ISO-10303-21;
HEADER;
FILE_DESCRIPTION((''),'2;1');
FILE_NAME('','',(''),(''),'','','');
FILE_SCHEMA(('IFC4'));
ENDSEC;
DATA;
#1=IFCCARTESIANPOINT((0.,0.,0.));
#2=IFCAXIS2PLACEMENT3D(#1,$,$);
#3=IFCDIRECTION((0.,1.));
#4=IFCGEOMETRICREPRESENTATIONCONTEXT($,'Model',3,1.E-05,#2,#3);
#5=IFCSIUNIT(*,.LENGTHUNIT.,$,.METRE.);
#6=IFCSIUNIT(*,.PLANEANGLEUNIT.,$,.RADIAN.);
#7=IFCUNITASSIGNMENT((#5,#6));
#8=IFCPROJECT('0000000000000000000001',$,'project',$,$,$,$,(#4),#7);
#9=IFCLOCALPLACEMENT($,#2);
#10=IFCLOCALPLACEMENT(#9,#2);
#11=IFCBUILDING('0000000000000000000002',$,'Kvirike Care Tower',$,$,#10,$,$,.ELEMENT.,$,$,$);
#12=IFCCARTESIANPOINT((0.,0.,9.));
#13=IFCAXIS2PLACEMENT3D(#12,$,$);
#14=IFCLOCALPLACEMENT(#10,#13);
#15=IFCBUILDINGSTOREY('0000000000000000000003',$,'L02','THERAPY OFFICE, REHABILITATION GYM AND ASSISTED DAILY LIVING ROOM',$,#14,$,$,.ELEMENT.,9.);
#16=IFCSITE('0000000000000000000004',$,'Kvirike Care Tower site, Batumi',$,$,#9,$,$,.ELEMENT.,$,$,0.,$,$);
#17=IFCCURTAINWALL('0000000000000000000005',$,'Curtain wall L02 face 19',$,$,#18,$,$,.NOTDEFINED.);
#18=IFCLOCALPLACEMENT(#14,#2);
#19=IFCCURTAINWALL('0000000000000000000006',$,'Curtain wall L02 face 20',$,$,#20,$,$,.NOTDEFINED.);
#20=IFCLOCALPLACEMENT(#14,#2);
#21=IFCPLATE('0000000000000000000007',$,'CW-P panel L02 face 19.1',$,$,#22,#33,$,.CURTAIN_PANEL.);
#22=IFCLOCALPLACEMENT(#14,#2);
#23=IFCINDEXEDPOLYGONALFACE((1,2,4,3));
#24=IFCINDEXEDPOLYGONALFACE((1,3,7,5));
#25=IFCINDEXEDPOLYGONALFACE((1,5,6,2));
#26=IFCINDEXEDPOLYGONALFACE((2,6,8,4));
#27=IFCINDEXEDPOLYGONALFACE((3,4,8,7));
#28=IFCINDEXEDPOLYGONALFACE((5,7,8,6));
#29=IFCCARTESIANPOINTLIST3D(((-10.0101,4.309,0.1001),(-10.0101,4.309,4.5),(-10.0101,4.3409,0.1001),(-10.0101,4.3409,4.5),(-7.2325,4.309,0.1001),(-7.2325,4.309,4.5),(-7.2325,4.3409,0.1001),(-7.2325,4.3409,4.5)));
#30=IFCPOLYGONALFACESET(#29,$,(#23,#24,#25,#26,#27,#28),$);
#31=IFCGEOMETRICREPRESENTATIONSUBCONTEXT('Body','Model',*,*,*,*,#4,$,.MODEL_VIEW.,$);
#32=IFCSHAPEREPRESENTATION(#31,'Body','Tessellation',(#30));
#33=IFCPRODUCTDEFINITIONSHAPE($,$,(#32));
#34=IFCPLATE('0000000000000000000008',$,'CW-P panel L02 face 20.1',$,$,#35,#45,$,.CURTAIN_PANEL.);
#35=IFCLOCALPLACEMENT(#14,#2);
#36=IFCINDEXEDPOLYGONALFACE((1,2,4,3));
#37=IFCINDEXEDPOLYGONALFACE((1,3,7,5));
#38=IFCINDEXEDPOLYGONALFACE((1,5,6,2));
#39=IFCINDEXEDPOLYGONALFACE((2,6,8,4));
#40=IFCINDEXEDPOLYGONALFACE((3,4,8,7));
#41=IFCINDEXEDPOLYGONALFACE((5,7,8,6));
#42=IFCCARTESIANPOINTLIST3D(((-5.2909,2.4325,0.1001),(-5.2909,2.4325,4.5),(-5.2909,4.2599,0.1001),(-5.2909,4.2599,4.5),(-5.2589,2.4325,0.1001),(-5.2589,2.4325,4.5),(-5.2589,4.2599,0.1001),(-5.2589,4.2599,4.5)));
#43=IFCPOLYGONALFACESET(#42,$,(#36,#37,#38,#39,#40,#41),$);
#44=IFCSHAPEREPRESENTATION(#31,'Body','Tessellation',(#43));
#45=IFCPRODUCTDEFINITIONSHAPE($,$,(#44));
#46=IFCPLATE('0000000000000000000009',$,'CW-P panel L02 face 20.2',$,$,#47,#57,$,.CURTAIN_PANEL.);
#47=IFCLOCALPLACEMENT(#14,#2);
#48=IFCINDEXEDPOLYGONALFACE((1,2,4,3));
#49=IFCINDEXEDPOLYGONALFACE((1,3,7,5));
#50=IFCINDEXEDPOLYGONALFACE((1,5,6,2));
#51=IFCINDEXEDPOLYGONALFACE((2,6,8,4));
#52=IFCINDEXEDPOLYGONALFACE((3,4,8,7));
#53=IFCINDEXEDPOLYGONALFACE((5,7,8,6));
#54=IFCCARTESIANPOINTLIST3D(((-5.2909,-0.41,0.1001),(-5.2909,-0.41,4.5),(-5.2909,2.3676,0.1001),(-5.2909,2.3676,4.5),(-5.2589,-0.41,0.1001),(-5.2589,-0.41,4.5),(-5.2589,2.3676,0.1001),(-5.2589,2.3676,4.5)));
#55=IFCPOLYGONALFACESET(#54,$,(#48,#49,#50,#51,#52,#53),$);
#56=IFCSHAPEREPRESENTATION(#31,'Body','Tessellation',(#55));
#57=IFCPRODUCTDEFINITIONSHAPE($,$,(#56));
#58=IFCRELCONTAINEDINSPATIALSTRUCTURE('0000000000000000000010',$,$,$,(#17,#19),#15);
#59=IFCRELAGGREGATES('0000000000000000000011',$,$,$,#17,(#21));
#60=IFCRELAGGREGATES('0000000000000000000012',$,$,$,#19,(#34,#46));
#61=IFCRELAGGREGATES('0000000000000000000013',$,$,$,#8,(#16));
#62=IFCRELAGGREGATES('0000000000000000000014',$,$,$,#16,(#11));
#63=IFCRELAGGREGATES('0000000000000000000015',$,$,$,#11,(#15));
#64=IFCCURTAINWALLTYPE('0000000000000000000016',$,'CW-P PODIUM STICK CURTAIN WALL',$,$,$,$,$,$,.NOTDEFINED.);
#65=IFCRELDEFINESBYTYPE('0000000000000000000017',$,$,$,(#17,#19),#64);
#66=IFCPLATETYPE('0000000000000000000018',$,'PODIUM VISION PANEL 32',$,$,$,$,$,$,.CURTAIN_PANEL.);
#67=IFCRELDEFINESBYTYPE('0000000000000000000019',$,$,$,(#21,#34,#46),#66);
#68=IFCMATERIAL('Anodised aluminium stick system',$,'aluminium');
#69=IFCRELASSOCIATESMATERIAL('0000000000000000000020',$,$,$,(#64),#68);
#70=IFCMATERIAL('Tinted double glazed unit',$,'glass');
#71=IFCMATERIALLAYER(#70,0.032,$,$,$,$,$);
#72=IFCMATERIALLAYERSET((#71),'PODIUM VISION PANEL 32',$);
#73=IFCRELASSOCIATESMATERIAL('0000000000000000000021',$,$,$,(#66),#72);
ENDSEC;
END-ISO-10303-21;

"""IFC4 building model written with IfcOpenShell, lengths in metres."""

from ifc_helpers import new_model, si_unit, direction, frame, origin, origin_2d, place, context, subcontext, project, spatial, rectangle, extrude, material, layer, layer_set, type_object, element, aggregate, save


model = new_model("IFC4")

# Units and contexts
model_context = context("Model", 3, precision=1e-05, world=origin(), true_north=direction((0.0, 1.0)))
body_context = subcontext(model_context, "Body", "Model", "MODEL_VIEW")
ifc_project = project(units=[si_unit("LENGTHUNIT", "METRE"), si_unit("PLANEANGLEUNIT", "RADIAN")], contexts=[model_context])

# Site, building, storey
site_placement = place(None, origin())
site = spatial("IfcSite", under=ifc_project, at=site_placement, Name="Kvirike Care Tower site, Batumi", CompositionType="ELEMENT", RefElevation=0.0)
building_placement = place(site_placement, origin())
building = spatial("IfcBuilding", under=site, at=building_placement, Name="Kvirike Care Tower", CompositionType="ELEMENT")
storey_placement = place(building_placement, frame((0.0, 0.0, 9.0)))
storey = spatial("IfcBuildingStorey", under=building, at=storey_placement, Name="L02", Description="THERAPY OFFICE, REHABILITATION GYM AND ASSISTED DAILY LIVING ROOM", CompositionType="ELEMENT", Elevation=9.0)

# Curtain walls
ifc_material_1 = material(Name="Anodised aluminium stick system", Category="aluminium")
curtain_wall_type = type_object("IfcCurtainWallType", Name="CW-P PODIUM STICK CURTAIN WALL", PredefinedType="NOTDEFINED", material=ifc_material_1)
curtain_wall_1_placement = place(storey_placement, origin())
curtain_wall_1 = element("IfcCurtainWall", 1, at=curtain_wall_1_placement, inside=storey, type_object=curtain_wall_type, Name="Curtain wall L02 face 19", PredefinedType="NOTDEFINED")
curtain_wall_2_placement = place(storey_placement, origin())
curtain_wall_2 = element("IfcCurtainWall", 2, at=curtain_wall_2_placement, inside=storey, type_object=curtain_wall_type, Name="Curtain wall L02 face 20", PredefinedType="NOTDEFINED")

# Plates
ifc_material_2 = material(Name="Tinted double glazed unit", Category="glass")
ifc_layer = layer(ifc_material_2, 0.032)
ifc_layer_set = layer_set([ifc_layer], Name="PODIUM VISION PANEL 32")
plate_type = type_object("IfcPlateType", Name="PODIUM VISION PANEL 32", PredefinedType="CURTAIN_PANEL", material=ifc_layer_set)
plate_1_placement = place(storey_placement, frame((-8.6213, 4.325, 0.1001), z_axis=(0.0, 0.0, 1.0), x_axis=(1.0, 0.0, 0.0)))
plate_1 = element("IfcPlate", 3, at=plate_1_placement, type_object=plate_type, Name="CW-P panel L02 face 19.1", PredefinedType="CURTAIN_PANEL", context=body_context, shape_type="SweptSolid", body=[
    extrude(rectangle(XDim=2.7776, YDim=0.032, at=origin_2d()), origin(), (0.0, 0.0, 1.0), 4.3999),
])
aggregate(curtain_wall_1, [plate_1])
plate_2_placement = place(storey_placement, frame((-5.2749, 3.3462, 0.1001), z_axis=(0.0, 0.0, 1.0), x_axis=(0.0, -1.0, 0.0)))
plate_2 = element("IfcPlate", 4, at=plate_2_placement, type_object=plate_type, Name="CW-P panel L02 face 20.1", PredefinedType="CURTAIN_PANEL", context=body_context, shape_type="SweptSolid", body=[
    extrude(rectangle(XDim=1.8274, YDim=0.032, at=origin_2d()), origin(), (0.0, 0.0, 1.0), 4.3999),
])
plate_3_placement = place(storey_placement, frame((-5.2749, 0.9788, 0.1001), z_axis=(0.0, 0.0, 1.0), x_axis=(0.0, -1.0, 0.0)))
plate_3 = element("IfcPlate", 5, at=plate_3_placement, type_object=plate_type, Name="CW-P panel L02 face 20.2", PredefinedType="CURTAIN_PANEL", context=body_context, shape_type="SweptSolid", body=[
    extrude(rectangle(XDim=2.7776, YDim=0.032, at=origin_2d()), origin(), (0.0, 0.0, 1.0), 4.3999),
])
aggregate(curtain_wall_2, [plate_2, plate_3])

save(model, "model.ifc")
